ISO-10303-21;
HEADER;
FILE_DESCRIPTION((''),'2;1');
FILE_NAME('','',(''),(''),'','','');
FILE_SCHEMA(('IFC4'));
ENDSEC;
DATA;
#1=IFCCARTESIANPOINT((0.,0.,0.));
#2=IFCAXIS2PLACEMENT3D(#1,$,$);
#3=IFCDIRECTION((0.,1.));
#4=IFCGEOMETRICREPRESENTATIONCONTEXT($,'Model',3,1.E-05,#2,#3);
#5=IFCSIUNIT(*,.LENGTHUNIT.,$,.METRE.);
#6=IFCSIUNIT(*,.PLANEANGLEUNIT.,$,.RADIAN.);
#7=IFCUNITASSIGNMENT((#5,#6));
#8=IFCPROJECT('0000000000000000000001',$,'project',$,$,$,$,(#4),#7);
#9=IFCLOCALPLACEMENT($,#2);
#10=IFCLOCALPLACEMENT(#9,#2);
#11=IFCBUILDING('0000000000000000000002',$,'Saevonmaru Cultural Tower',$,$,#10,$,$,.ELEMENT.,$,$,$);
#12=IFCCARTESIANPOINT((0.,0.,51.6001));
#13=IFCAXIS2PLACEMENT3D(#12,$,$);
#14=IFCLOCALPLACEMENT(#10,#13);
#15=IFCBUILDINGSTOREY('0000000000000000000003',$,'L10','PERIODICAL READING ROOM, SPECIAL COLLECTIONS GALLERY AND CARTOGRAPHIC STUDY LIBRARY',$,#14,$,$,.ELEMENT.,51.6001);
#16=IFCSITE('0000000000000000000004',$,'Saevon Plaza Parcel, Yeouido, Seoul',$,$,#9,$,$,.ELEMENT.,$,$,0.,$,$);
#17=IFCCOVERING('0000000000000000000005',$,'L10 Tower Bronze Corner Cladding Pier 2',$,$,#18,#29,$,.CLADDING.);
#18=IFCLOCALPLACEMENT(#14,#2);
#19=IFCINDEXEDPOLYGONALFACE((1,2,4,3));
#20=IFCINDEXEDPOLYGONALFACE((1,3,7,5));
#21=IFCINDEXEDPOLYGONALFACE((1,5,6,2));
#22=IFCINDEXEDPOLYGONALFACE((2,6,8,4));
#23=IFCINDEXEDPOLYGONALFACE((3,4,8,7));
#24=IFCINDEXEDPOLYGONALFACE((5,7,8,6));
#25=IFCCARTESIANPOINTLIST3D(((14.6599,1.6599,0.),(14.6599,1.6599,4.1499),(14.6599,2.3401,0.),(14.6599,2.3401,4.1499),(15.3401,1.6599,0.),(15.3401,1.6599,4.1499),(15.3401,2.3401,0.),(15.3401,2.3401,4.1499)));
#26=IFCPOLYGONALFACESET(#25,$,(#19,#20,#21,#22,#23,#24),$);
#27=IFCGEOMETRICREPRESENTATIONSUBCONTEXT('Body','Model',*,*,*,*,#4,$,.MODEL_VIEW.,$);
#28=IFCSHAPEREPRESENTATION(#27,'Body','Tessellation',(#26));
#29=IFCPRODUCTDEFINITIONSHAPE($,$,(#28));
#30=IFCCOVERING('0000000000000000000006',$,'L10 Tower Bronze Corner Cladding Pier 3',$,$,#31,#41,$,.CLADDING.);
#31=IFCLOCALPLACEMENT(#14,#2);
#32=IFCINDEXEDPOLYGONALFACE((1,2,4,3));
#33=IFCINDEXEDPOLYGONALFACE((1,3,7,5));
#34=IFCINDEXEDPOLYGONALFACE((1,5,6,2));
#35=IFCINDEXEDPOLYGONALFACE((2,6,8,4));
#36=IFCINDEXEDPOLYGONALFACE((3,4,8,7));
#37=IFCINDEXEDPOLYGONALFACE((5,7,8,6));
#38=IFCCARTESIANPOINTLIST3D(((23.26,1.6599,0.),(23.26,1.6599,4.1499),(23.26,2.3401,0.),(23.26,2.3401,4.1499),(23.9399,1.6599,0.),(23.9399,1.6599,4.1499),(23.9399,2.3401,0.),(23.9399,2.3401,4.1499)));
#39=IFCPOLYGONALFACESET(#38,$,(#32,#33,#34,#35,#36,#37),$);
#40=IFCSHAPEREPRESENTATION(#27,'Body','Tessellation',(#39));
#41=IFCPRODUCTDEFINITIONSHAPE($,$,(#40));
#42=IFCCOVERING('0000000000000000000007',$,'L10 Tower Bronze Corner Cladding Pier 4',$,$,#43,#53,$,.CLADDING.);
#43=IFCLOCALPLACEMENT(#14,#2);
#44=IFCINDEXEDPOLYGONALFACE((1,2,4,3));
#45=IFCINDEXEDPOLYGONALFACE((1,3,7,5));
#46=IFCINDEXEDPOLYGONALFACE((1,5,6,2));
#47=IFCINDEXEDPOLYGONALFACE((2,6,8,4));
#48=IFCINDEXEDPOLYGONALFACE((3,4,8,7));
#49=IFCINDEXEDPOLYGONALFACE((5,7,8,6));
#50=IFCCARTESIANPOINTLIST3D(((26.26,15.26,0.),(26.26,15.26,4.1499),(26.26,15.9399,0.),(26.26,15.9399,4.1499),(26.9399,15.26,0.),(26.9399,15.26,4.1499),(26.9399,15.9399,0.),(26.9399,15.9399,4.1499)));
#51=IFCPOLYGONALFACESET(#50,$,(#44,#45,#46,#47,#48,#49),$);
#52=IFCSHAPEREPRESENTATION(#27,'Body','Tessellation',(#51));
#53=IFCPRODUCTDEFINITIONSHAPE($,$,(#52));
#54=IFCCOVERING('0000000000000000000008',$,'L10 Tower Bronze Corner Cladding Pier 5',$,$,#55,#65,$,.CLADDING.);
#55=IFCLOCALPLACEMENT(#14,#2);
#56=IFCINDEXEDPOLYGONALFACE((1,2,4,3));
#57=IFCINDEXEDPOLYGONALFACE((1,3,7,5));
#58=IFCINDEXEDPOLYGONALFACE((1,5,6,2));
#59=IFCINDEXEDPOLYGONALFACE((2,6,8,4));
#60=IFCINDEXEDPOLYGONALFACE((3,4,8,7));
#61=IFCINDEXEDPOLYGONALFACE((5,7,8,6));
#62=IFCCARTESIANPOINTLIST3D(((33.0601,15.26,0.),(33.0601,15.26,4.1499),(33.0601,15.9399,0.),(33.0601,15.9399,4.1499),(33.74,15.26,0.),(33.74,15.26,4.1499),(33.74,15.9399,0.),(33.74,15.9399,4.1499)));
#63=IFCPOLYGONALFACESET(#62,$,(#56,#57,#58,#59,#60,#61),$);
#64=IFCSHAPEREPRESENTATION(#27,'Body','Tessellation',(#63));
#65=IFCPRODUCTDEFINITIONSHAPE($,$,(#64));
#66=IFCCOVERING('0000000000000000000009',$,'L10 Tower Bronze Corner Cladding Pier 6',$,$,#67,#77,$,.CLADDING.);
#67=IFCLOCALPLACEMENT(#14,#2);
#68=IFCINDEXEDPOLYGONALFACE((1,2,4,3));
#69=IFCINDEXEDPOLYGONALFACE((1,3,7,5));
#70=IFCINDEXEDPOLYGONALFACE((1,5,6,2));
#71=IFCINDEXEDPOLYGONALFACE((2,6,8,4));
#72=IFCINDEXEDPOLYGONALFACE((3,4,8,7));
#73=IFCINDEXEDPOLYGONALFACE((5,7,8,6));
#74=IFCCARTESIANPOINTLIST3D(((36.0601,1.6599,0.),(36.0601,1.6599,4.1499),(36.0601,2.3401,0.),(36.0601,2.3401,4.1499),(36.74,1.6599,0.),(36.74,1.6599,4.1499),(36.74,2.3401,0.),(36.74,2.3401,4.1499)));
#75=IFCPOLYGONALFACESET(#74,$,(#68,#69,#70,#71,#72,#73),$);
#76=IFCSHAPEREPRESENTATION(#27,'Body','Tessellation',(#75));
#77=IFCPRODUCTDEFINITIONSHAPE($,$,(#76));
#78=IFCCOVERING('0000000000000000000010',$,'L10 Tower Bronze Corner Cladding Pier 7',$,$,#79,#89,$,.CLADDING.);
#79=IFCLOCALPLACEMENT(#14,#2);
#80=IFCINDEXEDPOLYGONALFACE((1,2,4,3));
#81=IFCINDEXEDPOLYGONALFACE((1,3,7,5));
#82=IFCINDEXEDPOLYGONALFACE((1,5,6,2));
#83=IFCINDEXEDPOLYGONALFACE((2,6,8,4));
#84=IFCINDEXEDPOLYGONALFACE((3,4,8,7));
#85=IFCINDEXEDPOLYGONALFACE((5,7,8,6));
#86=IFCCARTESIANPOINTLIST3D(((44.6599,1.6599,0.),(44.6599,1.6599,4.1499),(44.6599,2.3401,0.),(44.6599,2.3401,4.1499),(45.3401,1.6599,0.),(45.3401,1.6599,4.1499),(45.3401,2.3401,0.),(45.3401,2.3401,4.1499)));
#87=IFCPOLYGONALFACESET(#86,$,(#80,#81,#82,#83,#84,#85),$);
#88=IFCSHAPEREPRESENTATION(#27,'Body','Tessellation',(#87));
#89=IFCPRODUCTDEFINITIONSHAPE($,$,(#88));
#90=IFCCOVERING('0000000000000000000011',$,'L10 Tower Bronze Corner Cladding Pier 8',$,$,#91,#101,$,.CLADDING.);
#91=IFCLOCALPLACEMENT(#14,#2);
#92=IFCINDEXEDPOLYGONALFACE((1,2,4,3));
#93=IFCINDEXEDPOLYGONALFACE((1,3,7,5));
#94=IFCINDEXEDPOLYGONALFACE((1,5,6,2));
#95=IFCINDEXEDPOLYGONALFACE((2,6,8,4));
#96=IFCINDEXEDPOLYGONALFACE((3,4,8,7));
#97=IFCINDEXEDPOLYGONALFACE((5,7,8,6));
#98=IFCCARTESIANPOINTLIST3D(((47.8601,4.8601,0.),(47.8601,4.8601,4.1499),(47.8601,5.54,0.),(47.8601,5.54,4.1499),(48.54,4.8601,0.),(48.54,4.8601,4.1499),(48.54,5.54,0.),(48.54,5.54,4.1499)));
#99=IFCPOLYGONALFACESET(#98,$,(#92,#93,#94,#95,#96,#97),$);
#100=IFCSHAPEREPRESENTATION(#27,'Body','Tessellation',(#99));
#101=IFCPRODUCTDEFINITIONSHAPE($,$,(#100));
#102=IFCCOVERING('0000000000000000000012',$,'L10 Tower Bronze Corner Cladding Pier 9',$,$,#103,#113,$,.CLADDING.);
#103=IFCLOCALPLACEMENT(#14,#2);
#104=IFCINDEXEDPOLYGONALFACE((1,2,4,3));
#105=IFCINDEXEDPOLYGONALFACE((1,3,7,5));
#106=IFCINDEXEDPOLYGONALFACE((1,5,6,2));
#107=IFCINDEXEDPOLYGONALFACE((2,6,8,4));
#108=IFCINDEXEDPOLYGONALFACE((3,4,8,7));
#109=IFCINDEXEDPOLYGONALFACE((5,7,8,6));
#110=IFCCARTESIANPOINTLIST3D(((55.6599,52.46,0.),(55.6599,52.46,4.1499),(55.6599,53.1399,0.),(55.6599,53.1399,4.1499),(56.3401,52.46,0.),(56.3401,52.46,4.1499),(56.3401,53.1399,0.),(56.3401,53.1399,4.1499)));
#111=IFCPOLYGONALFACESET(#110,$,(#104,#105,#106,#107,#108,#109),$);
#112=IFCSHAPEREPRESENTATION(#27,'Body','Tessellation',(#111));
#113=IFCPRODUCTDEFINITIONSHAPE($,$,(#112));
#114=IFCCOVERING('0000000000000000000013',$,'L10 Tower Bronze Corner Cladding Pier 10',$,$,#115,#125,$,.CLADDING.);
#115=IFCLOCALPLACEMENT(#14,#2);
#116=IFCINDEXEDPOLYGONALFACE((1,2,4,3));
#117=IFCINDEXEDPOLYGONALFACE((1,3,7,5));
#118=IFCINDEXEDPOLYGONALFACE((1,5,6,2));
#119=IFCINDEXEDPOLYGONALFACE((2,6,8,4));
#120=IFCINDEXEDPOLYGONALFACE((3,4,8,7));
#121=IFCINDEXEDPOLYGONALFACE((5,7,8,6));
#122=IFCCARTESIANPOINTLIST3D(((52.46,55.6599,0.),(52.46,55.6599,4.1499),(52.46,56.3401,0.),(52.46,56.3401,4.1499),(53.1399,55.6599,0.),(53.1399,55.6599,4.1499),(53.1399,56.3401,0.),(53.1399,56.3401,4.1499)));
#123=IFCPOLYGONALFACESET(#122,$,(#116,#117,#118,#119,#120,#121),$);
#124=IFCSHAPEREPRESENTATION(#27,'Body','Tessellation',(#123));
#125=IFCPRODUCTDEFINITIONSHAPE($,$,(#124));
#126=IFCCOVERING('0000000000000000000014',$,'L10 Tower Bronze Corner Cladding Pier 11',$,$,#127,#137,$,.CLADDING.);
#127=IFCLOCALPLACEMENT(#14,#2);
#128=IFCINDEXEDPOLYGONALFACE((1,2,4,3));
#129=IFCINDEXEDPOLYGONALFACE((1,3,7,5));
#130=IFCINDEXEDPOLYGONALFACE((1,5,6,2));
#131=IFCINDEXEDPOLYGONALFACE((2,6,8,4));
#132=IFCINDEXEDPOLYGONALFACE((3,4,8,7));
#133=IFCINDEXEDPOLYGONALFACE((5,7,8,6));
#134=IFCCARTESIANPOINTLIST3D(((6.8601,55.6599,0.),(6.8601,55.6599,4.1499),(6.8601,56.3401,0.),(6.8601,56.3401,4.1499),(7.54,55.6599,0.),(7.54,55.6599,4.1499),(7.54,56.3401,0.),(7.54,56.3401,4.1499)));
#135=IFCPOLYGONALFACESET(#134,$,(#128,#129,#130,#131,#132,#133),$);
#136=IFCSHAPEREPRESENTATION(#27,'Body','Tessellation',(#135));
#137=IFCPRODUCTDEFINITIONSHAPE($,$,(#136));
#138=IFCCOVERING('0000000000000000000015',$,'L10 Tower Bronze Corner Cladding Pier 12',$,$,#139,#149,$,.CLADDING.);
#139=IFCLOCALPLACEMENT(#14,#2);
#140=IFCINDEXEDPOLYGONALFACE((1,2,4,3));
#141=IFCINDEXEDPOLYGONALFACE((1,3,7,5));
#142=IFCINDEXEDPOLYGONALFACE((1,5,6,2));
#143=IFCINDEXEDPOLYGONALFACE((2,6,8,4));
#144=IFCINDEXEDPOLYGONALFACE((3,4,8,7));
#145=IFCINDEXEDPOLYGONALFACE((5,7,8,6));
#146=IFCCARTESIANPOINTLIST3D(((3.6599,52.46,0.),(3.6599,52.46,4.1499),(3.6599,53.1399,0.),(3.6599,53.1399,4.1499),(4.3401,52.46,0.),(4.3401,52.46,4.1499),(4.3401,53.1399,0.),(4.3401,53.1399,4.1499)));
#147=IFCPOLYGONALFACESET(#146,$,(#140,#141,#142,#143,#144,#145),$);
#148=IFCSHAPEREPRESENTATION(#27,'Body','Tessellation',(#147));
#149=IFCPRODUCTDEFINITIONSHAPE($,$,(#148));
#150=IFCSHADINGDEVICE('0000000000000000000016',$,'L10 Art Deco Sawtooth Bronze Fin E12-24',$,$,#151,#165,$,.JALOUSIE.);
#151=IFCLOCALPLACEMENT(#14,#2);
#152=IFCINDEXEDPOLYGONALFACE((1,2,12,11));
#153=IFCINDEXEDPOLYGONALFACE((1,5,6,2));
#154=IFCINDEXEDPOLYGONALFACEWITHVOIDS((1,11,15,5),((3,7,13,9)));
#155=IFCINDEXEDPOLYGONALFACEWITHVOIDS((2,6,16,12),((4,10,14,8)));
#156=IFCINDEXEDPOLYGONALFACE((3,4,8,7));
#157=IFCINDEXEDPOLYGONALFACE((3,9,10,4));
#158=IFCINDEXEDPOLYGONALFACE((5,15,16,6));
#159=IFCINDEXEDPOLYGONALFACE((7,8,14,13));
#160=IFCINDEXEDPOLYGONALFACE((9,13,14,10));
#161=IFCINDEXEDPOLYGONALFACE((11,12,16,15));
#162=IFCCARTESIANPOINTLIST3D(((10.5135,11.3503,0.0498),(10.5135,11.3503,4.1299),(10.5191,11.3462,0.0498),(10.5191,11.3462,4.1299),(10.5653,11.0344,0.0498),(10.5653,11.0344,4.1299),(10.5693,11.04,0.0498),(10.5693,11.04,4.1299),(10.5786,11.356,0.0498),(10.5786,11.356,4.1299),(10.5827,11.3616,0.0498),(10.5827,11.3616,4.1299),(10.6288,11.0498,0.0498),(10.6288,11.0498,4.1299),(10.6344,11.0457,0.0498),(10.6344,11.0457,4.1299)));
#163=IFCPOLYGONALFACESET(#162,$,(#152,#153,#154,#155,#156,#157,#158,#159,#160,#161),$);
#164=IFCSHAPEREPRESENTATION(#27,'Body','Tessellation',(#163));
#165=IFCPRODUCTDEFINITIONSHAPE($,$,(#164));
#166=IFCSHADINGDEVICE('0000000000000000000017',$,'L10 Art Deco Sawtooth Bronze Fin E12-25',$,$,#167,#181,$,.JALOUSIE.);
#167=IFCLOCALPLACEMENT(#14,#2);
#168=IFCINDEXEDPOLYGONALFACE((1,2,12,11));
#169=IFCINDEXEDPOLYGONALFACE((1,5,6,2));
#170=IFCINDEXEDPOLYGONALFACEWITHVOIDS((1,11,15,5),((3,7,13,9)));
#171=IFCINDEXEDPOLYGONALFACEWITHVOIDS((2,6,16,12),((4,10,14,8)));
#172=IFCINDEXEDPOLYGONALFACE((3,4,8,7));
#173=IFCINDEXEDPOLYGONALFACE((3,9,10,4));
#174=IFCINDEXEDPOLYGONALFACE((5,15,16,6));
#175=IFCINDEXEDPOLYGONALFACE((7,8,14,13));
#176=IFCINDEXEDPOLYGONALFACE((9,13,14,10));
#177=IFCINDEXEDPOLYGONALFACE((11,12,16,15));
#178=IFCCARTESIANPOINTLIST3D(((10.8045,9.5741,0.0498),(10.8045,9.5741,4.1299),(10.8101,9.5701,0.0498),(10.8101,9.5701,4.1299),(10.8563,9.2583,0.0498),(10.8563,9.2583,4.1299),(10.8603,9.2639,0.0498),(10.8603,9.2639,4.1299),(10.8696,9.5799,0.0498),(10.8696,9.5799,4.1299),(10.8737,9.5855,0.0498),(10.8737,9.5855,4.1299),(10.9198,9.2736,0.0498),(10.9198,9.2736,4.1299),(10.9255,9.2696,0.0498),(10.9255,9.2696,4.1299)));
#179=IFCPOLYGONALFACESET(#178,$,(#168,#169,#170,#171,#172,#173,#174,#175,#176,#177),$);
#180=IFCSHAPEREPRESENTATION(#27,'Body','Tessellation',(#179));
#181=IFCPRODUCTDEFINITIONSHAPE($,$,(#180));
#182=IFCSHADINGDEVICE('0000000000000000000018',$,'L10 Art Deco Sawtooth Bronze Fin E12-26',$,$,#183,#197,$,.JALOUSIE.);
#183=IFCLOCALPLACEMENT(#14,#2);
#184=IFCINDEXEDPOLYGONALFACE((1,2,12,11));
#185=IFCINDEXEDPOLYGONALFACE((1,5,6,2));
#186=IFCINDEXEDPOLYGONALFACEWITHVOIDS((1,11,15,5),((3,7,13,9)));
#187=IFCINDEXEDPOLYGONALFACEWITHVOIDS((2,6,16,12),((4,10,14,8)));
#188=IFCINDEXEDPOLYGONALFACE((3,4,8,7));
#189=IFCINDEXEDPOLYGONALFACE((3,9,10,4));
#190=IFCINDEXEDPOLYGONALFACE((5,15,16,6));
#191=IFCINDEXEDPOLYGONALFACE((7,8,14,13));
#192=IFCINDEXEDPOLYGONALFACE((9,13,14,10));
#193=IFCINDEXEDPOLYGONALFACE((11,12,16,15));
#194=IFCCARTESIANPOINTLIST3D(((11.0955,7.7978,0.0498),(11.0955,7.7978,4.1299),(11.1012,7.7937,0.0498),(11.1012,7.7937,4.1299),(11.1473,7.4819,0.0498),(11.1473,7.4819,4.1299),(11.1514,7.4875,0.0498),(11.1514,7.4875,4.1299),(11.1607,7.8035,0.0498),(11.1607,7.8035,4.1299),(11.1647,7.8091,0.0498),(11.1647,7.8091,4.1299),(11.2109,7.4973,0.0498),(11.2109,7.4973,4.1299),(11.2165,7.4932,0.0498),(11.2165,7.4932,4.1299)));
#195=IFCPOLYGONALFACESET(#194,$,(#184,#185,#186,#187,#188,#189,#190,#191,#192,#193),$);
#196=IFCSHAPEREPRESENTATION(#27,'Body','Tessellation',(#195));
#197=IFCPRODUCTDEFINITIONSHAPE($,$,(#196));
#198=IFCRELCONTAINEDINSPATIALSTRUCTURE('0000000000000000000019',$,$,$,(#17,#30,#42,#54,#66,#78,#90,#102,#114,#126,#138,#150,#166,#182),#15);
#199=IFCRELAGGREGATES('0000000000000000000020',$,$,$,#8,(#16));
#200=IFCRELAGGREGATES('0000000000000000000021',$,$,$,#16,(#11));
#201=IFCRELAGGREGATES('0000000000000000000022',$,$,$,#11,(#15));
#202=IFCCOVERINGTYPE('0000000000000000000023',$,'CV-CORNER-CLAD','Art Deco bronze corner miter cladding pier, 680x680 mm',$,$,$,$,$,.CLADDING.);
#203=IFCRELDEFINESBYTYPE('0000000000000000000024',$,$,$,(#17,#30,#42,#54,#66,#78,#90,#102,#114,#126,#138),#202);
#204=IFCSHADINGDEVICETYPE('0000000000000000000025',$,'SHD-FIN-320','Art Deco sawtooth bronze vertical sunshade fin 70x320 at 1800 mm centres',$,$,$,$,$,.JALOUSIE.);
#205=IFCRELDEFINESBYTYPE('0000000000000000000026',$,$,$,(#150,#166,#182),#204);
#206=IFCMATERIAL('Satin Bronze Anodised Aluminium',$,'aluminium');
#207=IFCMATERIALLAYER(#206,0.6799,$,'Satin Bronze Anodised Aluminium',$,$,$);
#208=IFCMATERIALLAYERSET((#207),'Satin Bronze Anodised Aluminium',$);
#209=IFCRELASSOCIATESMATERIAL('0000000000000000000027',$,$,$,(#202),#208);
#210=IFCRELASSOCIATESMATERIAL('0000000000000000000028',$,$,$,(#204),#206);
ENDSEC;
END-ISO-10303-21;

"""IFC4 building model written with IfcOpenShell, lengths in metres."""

from ifc_helpers import new_model, si_unit, direction, frame, origin, origin_2d, place, context, subcontext, project, spatial, polyline, hollow_rectangle, outline, extrude, material, layer, layer_set, material_profile, profile_set, type_object, element, save


model = new_model("IFC4")

# Units and contexts
model_context = context("Model", 3, precision=1e-05, world=origin(), true_north=direction((0.0, 1.0)))
body_context = subcontext(model_context, "Body", "Model", "MODEL_VIEW")
ifc_project = project(units=[si_unit("LENGTHUNIT", "METRE"), si_unit("PLANEANGLEUNIT", "RADIAN")], contexts=[model_context])

# Site, building, storey
site_placement = place(None, origin())
site = spatial("IfcSite", under=ifc_project, at=site_placement, Name="Saevon Plaza Parcel, Yeouido, Seoul", CompositionType="ELEMENT", RefElevation=0.0)
building_placement = place(site_placement, origin())
building = spatial("IfcBuilding", under=site, at=building_placement, Name="Saevonmaru Cultural Tower", CompositionType="ELEMENT")
storey_placement = place(building_placement, frame((0.0, 0.0, 51.6001)))
storey = spatial("IfcBuildingStorey", under=building, at=storey_placement, Name="L10", Description="PERIODICAL READING ROOM, SPECIAL COLLECTIONS GALLERY AND CARTOGRAPHIC STUDY LIBRARY", CompositionType="ELEMENT", Elevation=51.6001)

# Shared definitions
ifc_material_1 = material(Name="Satin Bronze Anodised Aluminium", Category="aluminium")

# Coverings
ifc_layer_1 = layer(ifc_material_1, 0.6799, Name="Satin Bronze Anodised Aluminium")
ifc_layer_set_1 = layer_set([ifc_layer_1], Name="Satin Bronze Anodised Aluminium")
covering_type = type_object("IfcCoveringType", Name="CV-CORNER-CLAD", Description="Art Deco bronze corner miter cladding pier, 680x680 mm", PredefinedType="CLADDING", material=ifc_layer_set_1)
covering_1_placement = place(storey_placement, origin())
element("IfcCovering", 1, at=covering_1_placement, inside=storey, type_object=covering_type, Name="L10 Tower Bronze Corner Cladding Pier 2", PredefinedType="CLADDING", context=body_context, shape_type="SweptSolid", body=[
    extrude(outline(polyline([(14.6599, 1.6599), (15.3401, 1.6599), (15.3401, 2.3401), (14.6599, 2.3401), (14.6599, 1.6599)])), origin(), (0.0, 0.0, 1.0), 4.1499),
])
covering_2_placement = place(storey_placement, origin())
element("IfcCovering", 2, at=covering_2_placement, inside=storey, type_object=covering_type, Name="L10 Tower Bronze Corner Cladding Pier 3", PredefinedType="CLADDING", context=body_context, shape_type="SweptSolid", body=[
    extrude(outline(polyline([(23.26, 1.6599), (23.9399, 1.6599), (23.9399, 2.3401), (23.26, 2.3401), (23.26, 1.6599)])), origin(), (0.0, 0.0, 1.0), 4.1499),
])
covering_3_placement = place(storey_placement, origin())
element("IfcCovering", 3, at=covering_3_placement, inside=storey, type_object=covering_type, Name="L10 Tower Bronze Corner Cladding Pier 4", PredefinedType="CLADDING", context=body_context, shape_type="SweptSolid", body=[
    extrude(outline(polyline([(26.26, 15.26), (26.9399, 15.26), (26.9399, 15.9399), (26.26, 15.9399), (26.26, 15.26)])), origin(), (0.0, 0.0, 1.0), 4.1499),
])
covering_4_placement = place(storey_placement, origin())
element("IfcCovering", 4, at=covering_4_placement, inside=storey, type_object=covering_type, Name="L10 Tower Bronze Corner Cladding Pier 5", PredefinedType="CLADDING", context=body_context, shape_type="SweptSolid", body=[
    extrude(outline(polyline([(33.0601, 15.26), (33.74, 15.26), (33.74, 15.9399), (33.0601, 15.9399), (33.0601, 15.26)])), origin(), (0.0, 0.0, 1.0), 4.1499),
])
covering_5_placement = place(storey_placement, origin())
element("IfcCovering", 5, at=covering_5_placement, inside=storey, type_object=covering_type, Name="L10 Tower Bronze Corner Cladding Pier 6", PredefinedType="CLADDING", context=body_context, shape_type="SweptSolid", body=[
    extrude(outline(polyline([(36.0601, 1.6599), (36.74, 1.6599), (36.74, 2.3401), (36.0601, 2.3401), (36.0601, 1.6599)])), origin(), (0.0, 0.0, 1.0), 4.1499),
])
covering_6_placement = place(storey_placement, origin())
element("IfcCovering", 6, at=covering_6_placement, inside=storey, type_object=covering_type, Name="L10 Tower Bronze Corner Cladding Pier 7", PredefinedType="CLADDING", context=body_context, shape_type="SweptSolid", body=[
    extrude(outline(polyline([(44.6599, 1.6599), (45.3401, 1.6599), (45.3401, 2.3401), (44.6599, 2.3401), (44.6599, 1.6599)])), origin(), (0.0, 0.0, 1.0), 4.1499),
])
covering_7_placement = place(storey_placement, origin())
element("IfcCovering", 7, at=covering_7_placement, inside=storey, type_object=covering_type, Name="L10 Tower Bronze Corner Cladding Pier 8", PredefinedType="CLADDING", context=body_context, shape_type="SweptSolid", body=[
    extrude(outline(polyline([(47.8601, 4.8601), (48.54, 4.8601), (48.54, 5.54), (47.8601, 5.54), (47.8601, 4.8601)])), origin(), (0.0, 0.0, 1.0), 4.1499),
])
covering_8_placement = place(storey_placement, origin())
element("IfcCovering", 8, at=covering_8_placement, inside=storey, type_object=covering_type, Name="L10 Tower Bronze Corner Cladding Pier 9", PredefinedType="CLADDING", context=body_context, shape_type="SweptSolid", body=[
    extrude(outline(polyline([(55.6599, 52.46), (56.3401, 52.46), (56.3401, 53.1399), (55.6599, 53.1399), (55.6599, 52.46)])), origin(), (0.0, 0.0, 1.0), 4.1499),
])
covering_9_placement = place(storey_placement, origin())
element("IfcCovering", 9, at=covering_9_placement, inside=storey, type_object=covering_type, Name="L10 Tower Bronze Corner Cladding Pier 10", PredefinedType="CLADDING", context=body_context, shape_type="SweptSolid", body=[
    extrude(outline(polyline([(52.46, 55.6599), (53.1399, 55.6599), (53.1399, 56.3401), (52.46, 56.3401), (52.46, 55.6599)])), origin(), (0.0, 0.0, 1.0), 4.1499),
])
covering_10_placement = place(storey_placement, origin())
element("IfcCovering", 10, at=covering_10_placement, inside=storey, type_object=covering_type, Name="L10 Tower Bronze Corner Cladding Pier 11", PredefinedType="CLADDING", context=body_context, shape_type="SweptSolid", body=[
    extrude(outline(polyline([(6.8601, 55.6599), (7.54, 55.6599), (7.54, 56.3401), (6.8601, 56.3401), (6.8601, 55.6599)])), origin(), (0.0, 0.0, 1.0), 4.1499),
])
covering_11_placement = place(storey_placement, origin())
element("IfcCovering", 11, at=covering_11_placement, inside=storey, type_object=covering_type, Name="L10 Tower Bronze Corner Cladding Pier 12", PredefinedType="CLADDING", context=body_context, shape_type="SweptSolid", body=[
    extrude(outline(polyline([(3.6599, 52.46), (4.3401, 52.46), (4.3401, 53.1399), (3.6599, 53.1399), (3.6599, 52.46)])), origin(), (0.0, 0.0, 1.0), 4.1499),
])

# Shading devices
ifc_material_profile_1 = material_profile(ifc_material_1, hollow_rectangle(XDim=0.0701, YDim=0.3201, WallThickness=0.0049, at=origin_2d()), Name="FIN-320x70")
ifc_profile_set_1 = profile_set([ifc_material_profile_1], Name="Satin Bronze Anodised Aluminium")
shading_device_type = type_object("IfcShadingDeviceType", Name="SHD-FIN-320", Description="Art Deco sawtooth bronze vertical sunshade fin 70x320 at 1800 mm centres", PredefinedType="JALOUSIE", material=ifc_profile_set_1)
for number, where, z_axis, x_axis, name in (
    (12, (10.574, 11.198, 0.0498), (0.0, 0.0, 1.0), (-0.986827, -0.161776, 0.0), "L10 Art Deco Sawtooth Bronze Fin E12-24"),
    (13, (10.865, 9.4219, 0.0498), (0.0, 0.0, 1.0), (-0.986827, -0.161776, 0.0), "L10 Art Deco Sawtooth Bronze Fin E12-25"),
    (14, (11.156, 7.6455, 0.0498), (0.0, 0.0, 1.0), (-0.986827, -0.161776, 0.0), "L10 Art Deco Sawtooth Bronze Fin E12-26"),
):
    element("IfcShadingDevice", number, at=place(storey_placement, frame(where, z_axis=z_axis, x_axis=x_axis)), inside=storey, type_object=shading_device_type, Name=name, PredefinedType="JALOUSIE", context=body_context, shape_type="SweptSolid", body=[
        extrude(hollow_rectangle(XDim=0.0701, YDim=0.3201, WallThickness=0.0049, at=origin_2d()), origin(), (0.0, 0.0, 1.0), 4.0801),
    ])

save(model, "model.ifc")
